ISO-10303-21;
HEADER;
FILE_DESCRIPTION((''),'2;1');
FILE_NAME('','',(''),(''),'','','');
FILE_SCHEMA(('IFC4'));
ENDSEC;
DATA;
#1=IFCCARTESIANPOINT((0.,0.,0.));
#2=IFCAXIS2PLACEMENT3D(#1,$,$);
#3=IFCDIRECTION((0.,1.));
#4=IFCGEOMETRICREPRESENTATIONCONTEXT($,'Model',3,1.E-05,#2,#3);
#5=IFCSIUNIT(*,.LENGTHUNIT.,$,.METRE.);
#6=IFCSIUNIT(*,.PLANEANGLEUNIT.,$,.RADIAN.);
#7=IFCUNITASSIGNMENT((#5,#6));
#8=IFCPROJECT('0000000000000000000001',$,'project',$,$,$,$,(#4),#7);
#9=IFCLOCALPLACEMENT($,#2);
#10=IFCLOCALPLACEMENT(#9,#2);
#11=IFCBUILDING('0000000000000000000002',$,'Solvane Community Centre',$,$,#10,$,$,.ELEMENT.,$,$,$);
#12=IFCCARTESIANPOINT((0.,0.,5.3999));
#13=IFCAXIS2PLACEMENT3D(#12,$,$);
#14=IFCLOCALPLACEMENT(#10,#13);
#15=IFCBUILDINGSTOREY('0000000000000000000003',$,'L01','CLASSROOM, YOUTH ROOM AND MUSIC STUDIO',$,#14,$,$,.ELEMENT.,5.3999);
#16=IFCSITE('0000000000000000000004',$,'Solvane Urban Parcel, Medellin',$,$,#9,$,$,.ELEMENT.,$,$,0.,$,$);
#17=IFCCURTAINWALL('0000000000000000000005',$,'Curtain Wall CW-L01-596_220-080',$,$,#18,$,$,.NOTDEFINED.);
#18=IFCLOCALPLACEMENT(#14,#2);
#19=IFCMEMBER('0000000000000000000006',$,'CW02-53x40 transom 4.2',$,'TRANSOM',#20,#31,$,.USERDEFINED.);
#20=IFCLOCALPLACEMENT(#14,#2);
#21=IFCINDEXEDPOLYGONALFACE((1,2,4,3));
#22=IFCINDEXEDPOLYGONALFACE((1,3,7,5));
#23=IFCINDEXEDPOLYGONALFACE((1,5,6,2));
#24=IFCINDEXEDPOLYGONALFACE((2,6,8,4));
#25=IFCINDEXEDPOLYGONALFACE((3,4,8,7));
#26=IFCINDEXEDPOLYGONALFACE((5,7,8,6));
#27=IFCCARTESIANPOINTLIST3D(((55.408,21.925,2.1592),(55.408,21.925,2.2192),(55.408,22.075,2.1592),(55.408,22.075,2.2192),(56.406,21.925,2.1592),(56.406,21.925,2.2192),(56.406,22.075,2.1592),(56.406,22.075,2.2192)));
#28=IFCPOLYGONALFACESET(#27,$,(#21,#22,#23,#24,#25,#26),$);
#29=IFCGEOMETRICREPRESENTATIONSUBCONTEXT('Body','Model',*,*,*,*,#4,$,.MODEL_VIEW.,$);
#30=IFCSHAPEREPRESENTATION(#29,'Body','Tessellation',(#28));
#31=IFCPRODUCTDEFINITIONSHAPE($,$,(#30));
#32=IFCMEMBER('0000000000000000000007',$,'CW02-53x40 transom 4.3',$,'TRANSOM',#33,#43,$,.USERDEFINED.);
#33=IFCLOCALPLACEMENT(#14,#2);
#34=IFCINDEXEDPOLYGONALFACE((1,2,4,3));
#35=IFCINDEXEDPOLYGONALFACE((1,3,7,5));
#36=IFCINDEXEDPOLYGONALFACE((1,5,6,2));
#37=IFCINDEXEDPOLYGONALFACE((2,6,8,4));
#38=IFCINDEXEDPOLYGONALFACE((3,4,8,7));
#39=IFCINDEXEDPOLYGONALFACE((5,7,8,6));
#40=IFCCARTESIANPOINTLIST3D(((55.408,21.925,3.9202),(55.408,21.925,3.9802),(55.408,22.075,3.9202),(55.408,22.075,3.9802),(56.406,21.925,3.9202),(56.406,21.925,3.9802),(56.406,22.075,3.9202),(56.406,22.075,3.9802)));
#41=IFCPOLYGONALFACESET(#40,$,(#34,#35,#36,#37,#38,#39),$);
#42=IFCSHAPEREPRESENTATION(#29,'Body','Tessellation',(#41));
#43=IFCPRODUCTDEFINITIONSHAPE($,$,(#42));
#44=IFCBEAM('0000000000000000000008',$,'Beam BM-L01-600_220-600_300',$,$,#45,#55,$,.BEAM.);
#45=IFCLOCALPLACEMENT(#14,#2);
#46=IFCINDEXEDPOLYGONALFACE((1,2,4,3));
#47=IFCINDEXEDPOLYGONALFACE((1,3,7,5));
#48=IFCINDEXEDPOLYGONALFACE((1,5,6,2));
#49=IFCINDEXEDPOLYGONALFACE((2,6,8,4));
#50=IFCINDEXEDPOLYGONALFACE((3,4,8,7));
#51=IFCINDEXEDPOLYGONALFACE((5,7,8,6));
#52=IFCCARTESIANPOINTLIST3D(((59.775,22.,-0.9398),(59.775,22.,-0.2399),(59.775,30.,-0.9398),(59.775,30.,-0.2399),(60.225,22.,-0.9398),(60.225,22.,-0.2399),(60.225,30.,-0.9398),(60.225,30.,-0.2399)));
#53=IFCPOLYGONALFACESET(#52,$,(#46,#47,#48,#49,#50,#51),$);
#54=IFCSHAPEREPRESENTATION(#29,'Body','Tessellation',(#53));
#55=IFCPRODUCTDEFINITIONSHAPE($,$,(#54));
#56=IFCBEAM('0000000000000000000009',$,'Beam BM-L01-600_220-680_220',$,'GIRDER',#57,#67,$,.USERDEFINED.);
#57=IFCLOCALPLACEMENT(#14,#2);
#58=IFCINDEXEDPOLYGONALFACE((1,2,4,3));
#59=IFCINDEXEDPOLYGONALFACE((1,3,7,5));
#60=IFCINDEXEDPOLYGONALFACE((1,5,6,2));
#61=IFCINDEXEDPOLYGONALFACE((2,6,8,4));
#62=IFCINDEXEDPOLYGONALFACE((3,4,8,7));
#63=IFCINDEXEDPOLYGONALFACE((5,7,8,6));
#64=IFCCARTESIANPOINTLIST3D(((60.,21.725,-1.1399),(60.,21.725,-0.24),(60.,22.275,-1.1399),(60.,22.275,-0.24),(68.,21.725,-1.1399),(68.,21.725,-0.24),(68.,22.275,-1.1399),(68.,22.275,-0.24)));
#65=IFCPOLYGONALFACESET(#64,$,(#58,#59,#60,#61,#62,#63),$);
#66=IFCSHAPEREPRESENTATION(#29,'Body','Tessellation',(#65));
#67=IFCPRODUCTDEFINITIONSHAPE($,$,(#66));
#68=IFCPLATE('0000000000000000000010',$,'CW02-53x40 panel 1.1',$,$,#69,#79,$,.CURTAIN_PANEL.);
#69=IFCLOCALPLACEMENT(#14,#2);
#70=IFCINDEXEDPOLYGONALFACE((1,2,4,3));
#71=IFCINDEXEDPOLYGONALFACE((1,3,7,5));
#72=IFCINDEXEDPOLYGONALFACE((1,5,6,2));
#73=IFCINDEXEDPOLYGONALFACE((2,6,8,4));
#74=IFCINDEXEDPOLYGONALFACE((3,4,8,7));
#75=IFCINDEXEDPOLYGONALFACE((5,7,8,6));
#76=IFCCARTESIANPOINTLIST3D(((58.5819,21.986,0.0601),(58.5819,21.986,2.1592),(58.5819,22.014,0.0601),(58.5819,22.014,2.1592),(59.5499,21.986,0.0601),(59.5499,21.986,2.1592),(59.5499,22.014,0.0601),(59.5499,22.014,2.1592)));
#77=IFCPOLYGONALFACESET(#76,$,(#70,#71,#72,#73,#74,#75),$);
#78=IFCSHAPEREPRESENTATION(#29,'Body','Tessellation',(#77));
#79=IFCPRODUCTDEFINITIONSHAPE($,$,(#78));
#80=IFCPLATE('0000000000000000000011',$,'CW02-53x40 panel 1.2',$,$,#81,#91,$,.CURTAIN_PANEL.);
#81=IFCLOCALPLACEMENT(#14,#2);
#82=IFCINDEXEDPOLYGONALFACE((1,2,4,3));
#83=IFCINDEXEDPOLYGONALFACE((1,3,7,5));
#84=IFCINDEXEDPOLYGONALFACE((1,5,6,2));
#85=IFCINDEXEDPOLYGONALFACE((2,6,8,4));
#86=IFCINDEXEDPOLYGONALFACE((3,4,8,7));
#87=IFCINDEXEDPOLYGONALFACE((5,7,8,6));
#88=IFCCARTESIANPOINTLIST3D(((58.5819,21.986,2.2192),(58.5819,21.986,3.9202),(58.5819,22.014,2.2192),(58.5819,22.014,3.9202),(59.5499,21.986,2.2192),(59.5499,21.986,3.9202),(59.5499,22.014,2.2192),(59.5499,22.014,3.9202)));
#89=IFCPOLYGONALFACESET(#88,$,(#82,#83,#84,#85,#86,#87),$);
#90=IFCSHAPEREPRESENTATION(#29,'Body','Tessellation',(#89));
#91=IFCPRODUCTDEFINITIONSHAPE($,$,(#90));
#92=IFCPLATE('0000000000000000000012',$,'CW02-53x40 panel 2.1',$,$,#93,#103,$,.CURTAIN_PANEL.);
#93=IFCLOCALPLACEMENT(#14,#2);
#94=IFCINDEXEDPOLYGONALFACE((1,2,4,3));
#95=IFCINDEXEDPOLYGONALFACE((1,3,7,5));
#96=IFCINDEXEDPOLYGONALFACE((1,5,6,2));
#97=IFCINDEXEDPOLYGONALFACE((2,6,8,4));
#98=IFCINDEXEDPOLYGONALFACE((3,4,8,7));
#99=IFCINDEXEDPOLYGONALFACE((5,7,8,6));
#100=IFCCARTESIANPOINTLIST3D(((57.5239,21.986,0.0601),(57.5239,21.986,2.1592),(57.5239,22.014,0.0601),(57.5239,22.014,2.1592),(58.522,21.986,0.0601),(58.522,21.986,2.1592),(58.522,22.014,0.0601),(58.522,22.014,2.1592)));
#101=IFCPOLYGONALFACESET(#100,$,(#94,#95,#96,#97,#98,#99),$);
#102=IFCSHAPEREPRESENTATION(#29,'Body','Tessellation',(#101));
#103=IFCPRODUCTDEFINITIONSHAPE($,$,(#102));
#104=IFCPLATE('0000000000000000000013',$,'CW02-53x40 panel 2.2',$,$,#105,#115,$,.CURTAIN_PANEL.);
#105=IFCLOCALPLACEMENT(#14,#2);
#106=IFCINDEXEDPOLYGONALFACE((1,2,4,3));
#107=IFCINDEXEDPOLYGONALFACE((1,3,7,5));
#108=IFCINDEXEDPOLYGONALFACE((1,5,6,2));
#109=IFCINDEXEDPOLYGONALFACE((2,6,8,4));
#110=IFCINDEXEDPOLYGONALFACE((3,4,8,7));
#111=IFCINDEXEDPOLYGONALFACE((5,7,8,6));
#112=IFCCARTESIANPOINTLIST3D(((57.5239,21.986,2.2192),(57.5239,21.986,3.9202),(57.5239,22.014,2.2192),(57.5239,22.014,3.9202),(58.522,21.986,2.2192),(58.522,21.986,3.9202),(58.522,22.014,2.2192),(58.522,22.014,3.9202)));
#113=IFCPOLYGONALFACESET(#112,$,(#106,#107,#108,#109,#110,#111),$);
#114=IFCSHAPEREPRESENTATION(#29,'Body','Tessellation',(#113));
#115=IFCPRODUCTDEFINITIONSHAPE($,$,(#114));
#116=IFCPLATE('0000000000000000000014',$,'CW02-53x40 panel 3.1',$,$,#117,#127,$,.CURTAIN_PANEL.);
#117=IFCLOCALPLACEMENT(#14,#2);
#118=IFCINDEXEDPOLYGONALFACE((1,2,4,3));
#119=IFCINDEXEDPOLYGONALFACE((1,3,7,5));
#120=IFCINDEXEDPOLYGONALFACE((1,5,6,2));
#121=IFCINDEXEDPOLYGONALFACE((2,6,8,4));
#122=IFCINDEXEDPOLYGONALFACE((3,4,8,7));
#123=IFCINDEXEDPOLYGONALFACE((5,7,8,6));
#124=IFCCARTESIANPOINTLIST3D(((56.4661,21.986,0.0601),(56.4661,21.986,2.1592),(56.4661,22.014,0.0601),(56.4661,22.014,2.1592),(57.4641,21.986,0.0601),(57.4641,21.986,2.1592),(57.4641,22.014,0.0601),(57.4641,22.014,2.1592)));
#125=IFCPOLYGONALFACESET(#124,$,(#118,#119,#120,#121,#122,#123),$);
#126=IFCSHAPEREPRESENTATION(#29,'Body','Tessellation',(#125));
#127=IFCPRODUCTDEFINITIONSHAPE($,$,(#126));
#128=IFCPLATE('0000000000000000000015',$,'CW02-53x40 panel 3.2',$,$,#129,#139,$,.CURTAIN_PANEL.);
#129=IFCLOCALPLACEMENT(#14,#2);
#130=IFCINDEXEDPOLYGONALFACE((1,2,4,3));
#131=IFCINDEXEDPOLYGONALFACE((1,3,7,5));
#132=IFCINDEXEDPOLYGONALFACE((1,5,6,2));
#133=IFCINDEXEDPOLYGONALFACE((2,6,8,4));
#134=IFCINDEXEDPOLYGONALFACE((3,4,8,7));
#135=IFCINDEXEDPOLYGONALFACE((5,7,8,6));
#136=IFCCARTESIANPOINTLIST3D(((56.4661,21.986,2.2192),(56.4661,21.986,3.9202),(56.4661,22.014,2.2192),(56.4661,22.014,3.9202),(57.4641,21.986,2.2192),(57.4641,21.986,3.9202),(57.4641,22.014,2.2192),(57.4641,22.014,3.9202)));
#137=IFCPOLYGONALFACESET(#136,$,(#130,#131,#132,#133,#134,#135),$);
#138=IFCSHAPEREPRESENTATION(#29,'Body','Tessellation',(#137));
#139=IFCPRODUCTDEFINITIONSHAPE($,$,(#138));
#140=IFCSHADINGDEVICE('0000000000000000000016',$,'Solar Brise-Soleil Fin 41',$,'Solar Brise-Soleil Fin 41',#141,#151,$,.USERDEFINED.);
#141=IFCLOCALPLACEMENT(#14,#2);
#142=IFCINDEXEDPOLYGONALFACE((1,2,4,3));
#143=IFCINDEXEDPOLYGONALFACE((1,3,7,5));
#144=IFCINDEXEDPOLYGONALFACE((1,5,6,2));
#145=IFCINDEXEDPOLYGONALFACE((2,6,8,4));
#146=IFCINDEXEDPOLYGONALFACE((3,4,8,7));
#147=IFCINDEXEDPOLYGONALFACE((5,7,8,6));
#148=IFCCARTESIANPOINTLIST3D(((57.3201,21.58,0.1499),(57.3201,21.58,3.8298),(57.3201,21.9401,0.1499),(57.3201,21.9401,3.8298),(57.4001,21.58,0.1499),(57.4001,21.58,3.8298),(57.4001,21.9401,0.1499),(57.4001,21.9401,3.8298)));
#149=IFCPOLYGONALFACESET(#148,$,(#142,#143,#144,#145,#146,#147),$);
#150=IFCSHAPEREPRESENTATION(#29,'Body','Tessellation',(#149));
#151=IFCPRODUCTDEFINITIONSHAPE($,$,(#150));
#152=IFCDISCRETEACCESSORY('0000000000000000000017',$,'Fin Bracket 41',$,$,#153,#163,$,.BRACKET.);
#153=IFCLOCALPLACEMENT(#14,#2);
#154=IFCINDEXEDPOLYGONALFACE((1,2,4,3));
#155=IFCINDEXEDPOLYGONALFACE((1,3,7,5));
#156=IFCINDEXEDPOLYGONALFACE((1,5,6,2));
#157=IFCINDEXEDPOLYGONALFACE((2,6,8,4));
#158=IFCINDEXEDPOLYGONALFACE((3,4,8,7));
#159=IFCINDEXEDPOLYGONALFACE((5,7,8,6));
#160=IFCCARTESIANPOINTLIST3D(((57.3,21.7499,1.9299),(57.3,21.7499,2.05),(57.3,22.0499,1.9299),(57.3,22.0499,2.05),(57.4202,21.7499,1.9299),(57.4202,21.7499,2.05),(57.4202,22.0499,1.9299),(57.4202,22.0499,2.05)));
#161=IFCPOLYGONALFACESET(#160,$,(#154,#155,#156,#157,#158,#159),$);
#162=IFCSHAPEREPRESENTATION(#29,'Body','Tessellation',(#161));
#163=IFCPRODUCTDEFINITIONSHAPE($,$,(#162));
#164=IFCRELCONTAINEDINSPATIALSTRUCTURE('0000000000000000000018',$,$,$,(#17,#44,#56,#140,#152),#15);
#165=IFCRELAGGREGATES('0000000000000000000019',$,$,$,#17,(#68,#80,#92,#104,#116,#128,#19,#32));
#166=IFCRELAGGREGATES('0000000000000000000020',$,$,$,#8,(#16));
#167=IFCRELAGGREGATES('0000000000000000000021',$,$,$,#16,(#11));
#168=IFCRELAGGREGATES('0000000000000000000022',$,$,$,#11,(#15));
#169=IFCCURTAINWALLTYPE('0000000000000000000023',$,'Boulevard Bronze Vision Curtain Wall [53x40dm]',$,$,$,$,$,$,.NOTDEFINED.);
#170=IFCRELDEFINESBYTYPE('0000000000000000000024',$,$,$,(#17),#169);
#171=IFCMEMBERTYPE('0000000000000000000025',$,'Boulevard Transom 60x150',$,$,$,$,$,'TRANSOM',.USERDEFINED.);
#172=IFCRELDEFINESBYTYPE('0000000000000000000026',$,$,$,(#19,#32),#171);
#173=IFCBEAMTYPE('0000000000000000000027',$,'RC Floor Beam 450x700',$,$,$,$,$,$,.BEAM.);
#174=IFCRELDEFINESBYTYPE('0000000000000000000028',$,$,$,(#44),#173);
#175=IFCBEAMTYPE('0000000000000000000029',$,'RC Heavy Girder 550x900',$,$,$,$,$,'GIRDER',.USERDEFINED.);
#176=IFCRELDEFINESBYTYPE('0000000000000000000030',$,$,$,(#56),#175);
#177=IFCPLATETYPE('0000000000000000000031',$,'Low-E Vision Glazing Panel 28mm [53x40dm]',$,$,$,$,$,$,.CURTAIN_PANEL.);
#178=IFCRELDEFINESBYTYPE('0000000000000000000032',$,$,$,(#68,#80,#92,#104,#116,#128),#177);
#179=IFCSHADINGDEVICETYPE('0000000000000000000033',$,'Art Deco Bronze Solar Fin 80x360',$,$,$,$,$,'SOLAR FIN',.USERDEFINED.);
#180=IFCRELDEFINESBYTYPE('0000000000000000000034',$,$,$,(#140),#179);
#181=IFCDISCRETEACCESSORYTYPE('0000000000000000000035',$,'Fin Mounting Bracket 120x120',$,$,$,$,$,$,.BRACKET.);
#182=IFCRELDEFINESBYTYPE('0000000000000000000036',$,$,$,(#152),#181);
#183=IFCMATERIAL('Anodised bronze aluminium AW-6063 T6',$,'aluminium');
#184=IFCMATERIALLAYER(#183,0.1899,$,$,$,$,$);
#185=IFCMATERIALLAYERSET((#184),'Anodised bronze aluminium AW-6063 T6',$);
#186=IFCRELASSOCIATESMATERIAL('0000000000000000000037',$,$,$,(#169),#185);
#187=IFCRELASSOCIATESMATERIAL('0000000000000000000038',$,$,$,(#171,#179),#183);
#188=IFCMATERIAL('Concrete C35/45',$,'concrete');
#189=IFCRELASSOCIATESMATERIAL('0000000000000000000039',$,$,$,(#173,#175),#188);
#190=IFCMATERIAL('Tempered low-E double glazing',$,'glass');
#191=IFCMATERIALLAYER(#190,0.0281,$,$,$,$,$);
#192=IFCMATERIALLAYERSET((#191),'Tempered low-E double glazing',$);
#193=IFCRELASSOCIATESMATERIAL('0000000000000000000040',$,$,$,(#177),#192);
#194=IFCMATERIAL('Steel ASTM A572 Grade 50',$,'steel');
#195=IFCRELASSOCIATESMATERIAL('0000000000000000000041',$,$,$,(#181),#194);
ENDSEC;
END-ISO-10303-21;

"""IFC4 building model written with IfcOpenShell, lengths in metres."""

from ifc_helpers import new_model, si_unit, direction, frame, origin, origin_2d, place, context, subcontext, project, spatial, rectangle, extrude, material, layer, layer_set, material_profile, profile_set, type_object, element, aggregate, save


model = new_model("IFC4")

# Units and contexts
model_context = context("Model", 3, precision=1e-05, world=origin(), true_north=direction((0.0, 1.0)))
body_context = subcontext(model_context, "Body", "Model", "MODEL_VIEW")
ifc_project = project(units=[si_unit("LENGTHUNIT", "METRE"), si_unit("PLANEANGLEUNIT", "RADIAN")], contexts=[model_context])

# Site, building, storey
site_placement = place(None, origin())
site = spatial("IfcSite", under=ifc_project, at=site_placement, Name="Solvane Urban Parcel, Medellin", CompositionType="ELEMENT", RefElevation=0.0)
building_placement = place(site_placement, origin())
building = spatial("IfcBuilding", under=site, at=building_placement, Name="Solvane Community Centre", CompositionType="ELEMENT")
storey_placement = place(building_placement, frame((0.0, 0.0, 5.3999)))
storey = spatial("IfcBuildingStorey", under=building, at=storey_placement, Name="L01", Description="CLASSROOM, YOUTH ROOM AND MUSIC STUDIO", CompositionType="ELEMENT", Elevation=5.3999)

# Shared definitions
ifc_material_1 = material(Name="Concrete C35/45", Category="concrete")

# Curtain wall, members
ifc_material_2 = material(Name="Anodised bronze aluminium AW-6063 T6", Category="aluminium")
ifc_layer_1 = layer(ifc_material_2, 0.1899)
ifc_layer_set_1 = layer_set([ifc_layer_1], Name="Anodised bronze aluminium AW-6063 T6")
curtain_wall_type = type_object("IfcCurtainWallType", Name="Boulevard Bronze Vision Curtain Wall [53x40dm]", PredefinedType="NOTDEFINED", material=ifc_layer_set_1)
curtain_wall_placement = place(storey_placement, origin())
curtain_wall = element("IfcCurtainWall", 1, at=curtain_wall_placement, inside=storey, type_object=curtain_wall_type, Name="Curtain Wall CW-L01-596_220-080", PredefinedType="NOTDEFINED")
ifc_material_profile_1 = material_profile(ifc_material_2, rectangle(XDim=0.1499, YDim=0.0601, at=origin_2d()), Name="CW-T 60x150")
ifc_profile_set_1 = profile_set([ifc_material_profile_1], Name="Anodised bronze aluminium AW-6063 T6")
member_type_1 = type_object("IfcMemberType", Name="Boulevard Transom 60x150", ElementType="TRANSOM", PredefinedType="USERDEFINED", material=ifc_profile_set_1)
member_1_placement = place(storey_placement, frame((56.406, 22.0, 2.1892), z_axis=(-1.0, 0.0, 0.0), x_axis=(0.0, -1.0, 0.0)))
member_1 = element("IfcMember", 2, at=member_1_placement, type_object=member_type_1, Name="CW02-53x40 transom 4.2", ObjectType="TRANSOM", PredefinedType="USERDEFINED", context=body_context, shape_type="SweptSolid", body=[
    extrude(rectangle(XDim=0.1499, YDim=0.0601, at=origin_2d()), origin(), (0.0, 0.0, 1.0), 0.998),
])
member_2_placement = place(storey_placement, frame((56.406, 22.0, 3.9502), z_axis=(-1.0, 0.0, 0.0), x_axis=(0.0, -1.0, 0.0)))
member_2 = element("IfcMember", 3, at=member_2_placement, type_object=member_type_1, Name="CW02-53x40 transom 4.3", ObjectType="TRANSOM", PredefinedType="USERDEFINED", context=body_context, shape_type="SweptSolid", body=[
    extrude(rectangle(XDim=0.1499, YDim=0.0601, at=origin_2d()), origin(), (0.0, 0.0, 1.0), 0.998),
])

# Beams
ifc_material_profile_2 = material_profile(ifc_material_1, rectangle(XDim=0.45, YDim=0.7, at=origin_2d()), Name="RC 450x700")
ifc_profile_set_2 = profile_set([ifc_material_profile_2], Name="Concrete C35/45")
beam_type_1 = type_object("IfcBeamType", Name="RC Floor Beam 450x700", PredefinedType="BEAM", material=ifc_profile_set_2)
beam_1_placement = place(storey_placement, frame((60.0, 22.0, -0.5898), z_axis=(0.0, 1.0, 0.0), x_axis=(-1.0, 0.0, 0.0)))
element("IfcBeam", 4, at=beam_1_placement, inside=storey, type_object=beam_type_1, Name="Beam BM-L01-600_220-600_300", PredefinedType="BEAM", context=body_context, shape_type="SweptSolid", body=[
    extrude(rectangle(XDim=0.45, YDim=0.7, at=origin_2d()), origin(), (0.0, 0.0, 1.0), 8.0),
])
ifc_material_profile_3 = material_profile(ifc_material_1, rectangle(XDim=0.55, YDim=0.8999, at=origin_2d()), Name="RC 550x900")
ifc_profile_set_3 = profile_set([ifc_material_profile_3], Name="Concrete C35/45")
beam_type_2 = type_object("IfcBeamType", Name="RC Heavy Girder 550x900", ElementType="GIRDER", PredefinedType="USERDEFINED", material=ifc_profile_set_3)
beam_2_placement = place(storey_placement, frame((60.0, 22.0, -0.6899), z_axis=(1.0, 0.0, 0.0), x_axis=(0.0, 1.0, 0.0)))
element("IfcBeam", 5, at=beam_2_placement, inside=storey, type_object=beam_type_2, Name="Beam BM-L01-600_220-680_220", ObjectType="GIRDER", PredefinedType="USERDEFINED", context=body_context, shape_type="SweptSolid", body=[
    extrude(rectangle(XDim=0.55, YDim=0.8999, at=origin_2d()), origin(), (0.0, 0.0, 1.0), 8.0),
])

# Plates
ifc_material_3 = material(Name="Tempered low-E double glazing", Category="glass")
ifc_layer_2 = layer(ifc_material_3, 0.0281)
ifc_layer_set_2 = layer_set([ifc_layer_2], Name="Tempered low-E double glazing")
plate_type = type_object("IfcPlateType", Name="Low-E Vision Glazing Panel 28mm [53x40dm]", PredefinedType="CURTAIN_PANEL", material=ifc_layer_set_2)
plate_1_placement = place(storey_placement, frame((59.0659, 22.0, 0.0601), z_axis=(0.0, 0.0, 1.0), x_axis=(-1.0, 0.0, 0.0)))
plate_1 = element("IfcPlate", 6, at=plate_1_placement, type_object=plate_type, Name="CW02-53x40 panel 1.1", PredefinedType="CURTAIN_PANEL", context=body_context, shape_type="SweptSolid", body=[
    extrude(rectangle(XDim=0.968, YDim=0.0281, at=origin_2d()), origin(), (0.0, 0.0, 1.0), 2.0991),
])
plate_2_placement = place(storey_placement, frame((59.0659, 22.0, 2.2192), z_axis=(0.0, 0.0, 1.0), x_axis=(-1.0, 0.0, 0.0)))
plate_2 = element("IfcPlate", 7, at=plate_2_placement, type_object=plate_type, Name="CW02-53x40 panel 1.2", PredefinedType="CURTAIN_PANEL", context=body_context, shape_type="SweptSolid", body=[
    extrude(rectangle(XDim=0.968, YDim=0.0281, at=origin_2d()), origin(), (0.0, 0.0, 1.0), 1.7009),
])
plate_3_placement = place(storey_placement, frame((58.0229, 22.0, 0.0601), z_axis=(0.0, 0.0, 1.0), x_axis=(-1.0, 0.0, 0.0)))
plate_3 = element("IfcPlate", 8, at=plate_3_placement, type_object=plate_type, Name="CW02-53x40 panel 2.1", PredefinedType="CURTAIN_PANEL", context=body_context, shape_type="SweptSolid", body=[
    extrude(rectangle(XDim=0.998, YDim=0.0281, at=origin_2d()), origin(), (0.0, 0.0, 1.0), 2.0991),
])
plate_4_placement = place(storey_placement, frame((58.0229, 22.0, 2.2192), z_axis=(0.0, 0.0, 1.0), x_axis=(-1.0, 0.0, 0.0)))
plate_4 = element("IfcPlate", 9, at=plate_4_placement, type_object=plate_type, Name="CW02-53x40 panel 2.2", PredefinedType="CURTAIN_PANEL", context=body_context, shape_type="SweptSolid", body=[
    extrude(rectangle(XDim=0.998, YDim=0.0281, at=origin_2d()), origin(), (0.0, 0.0, 1.0), 1.7009),
])
plate_5_placement = place(storey_placement, frame((56.9651, 22.0, 0.0601), z_axis=(0.0, 0.0, 1.0), x_axis=(-1.0, 0.0, 0.0)))
plate_5 = element("IfcPlate", 10, at=plate_5_placement, type_object=plate_type, Name="CW02-53x40 panel 3.1", PredefinedType="CURTAIN_PANEL", context=body_context, shape_type="SweptSolid", body=[
    extrude(rectangle(XDim=0.998, YDim=0.0281, at=origin_2d()), origin(), (0.0, 0.0, 1.0), 2.0991),
])
plate_6_placement = place(storey_placement, frame((56.9651, 22.0, 2.2192), z_axis=(0.0, 0.0, 1.0), x_axis=(-1.0, 0.0, 0.0)))
plate_6 = element("IfcPlate", 11, at=plate_6_placement, type_object=plate_type, Name="CW02-53x40 panel 3.2", PredefinedType="CURTAIN_PANEL", context=body_context, shape_type="SweptSolid", body=[
    extrude(rectangle(XDim=0.998, YDim=0.0281, at=origin_2d()), origin(), (0.0, 0.0, 1.0), 1.7009),
])
aggregate(curtain_wall, [plate_1, plate_2, plate_3, plate_4, plate_5, plate_6, member_1, member_2])

# Shading device
shading_device_type = type_object("IfcShadingDeviceType", Name="Art Deco Bronze Solar Fin 80x360", ElementType="SOLAR FIN", PredefinedType="USERDEFINED", material=ifc_material_2)
shading_device_placement = place(storey_placement, frame((57.3601, 21.76, 0.1499), z_axis=(0.0, 0.0, 1.0), x_axis=(-1.0, 0.0, 0.0)))
element("IfcShadingDevice", 12, at=shading_device_placement, inside=storey, type_object=shading_device_type, Name="Solar Brise-Soleil Fin 41", ObjectType="Solar Brise-Soleil Fin 41", PredefinedType="USERDEFINED", context=body_context, shape_type="SweptSolid", body=[
    extrude(rectangle(XDim=0.0801, YDim=0.3601, at=origin_2d()), origin(), (0.0, 0.0, 1.0), 3.6799),
])

# Discrete accessory
ifc_material_4 = material(Name="Steel ASTM A572 Grade 50", Category="steel")
discrete_accessory_type = type_object("IfcDiscreteAccessoryType", Name="Fin Mounting Bracket 120x120", PredefinedType="BRACKET", material=ifc_material_4)
discrete_accessory_placement = place(storey_placement, frame((57.3601, 21.8999, 1.9299), z_axis=(0.0, 0.0, 1.0), x_axis=(-1.0, 0.0, 0.0)))
element("IfcDiscreteAccessory", 13, at=discrete_accessory_placement, inside=storey, type_object=discrete_accessory_type, Name="Fin Bracket 41", PredefinedType="BRACKET", context=body_context, shape_type="SweptSolid", body=[
    extrude(rectangle(XDim=0.1201, YDim=0.3, at=origin_2d()), origin(), (0.0, 0.0, 1.0), 0.1201),
])

save(model, "model.ifc")
